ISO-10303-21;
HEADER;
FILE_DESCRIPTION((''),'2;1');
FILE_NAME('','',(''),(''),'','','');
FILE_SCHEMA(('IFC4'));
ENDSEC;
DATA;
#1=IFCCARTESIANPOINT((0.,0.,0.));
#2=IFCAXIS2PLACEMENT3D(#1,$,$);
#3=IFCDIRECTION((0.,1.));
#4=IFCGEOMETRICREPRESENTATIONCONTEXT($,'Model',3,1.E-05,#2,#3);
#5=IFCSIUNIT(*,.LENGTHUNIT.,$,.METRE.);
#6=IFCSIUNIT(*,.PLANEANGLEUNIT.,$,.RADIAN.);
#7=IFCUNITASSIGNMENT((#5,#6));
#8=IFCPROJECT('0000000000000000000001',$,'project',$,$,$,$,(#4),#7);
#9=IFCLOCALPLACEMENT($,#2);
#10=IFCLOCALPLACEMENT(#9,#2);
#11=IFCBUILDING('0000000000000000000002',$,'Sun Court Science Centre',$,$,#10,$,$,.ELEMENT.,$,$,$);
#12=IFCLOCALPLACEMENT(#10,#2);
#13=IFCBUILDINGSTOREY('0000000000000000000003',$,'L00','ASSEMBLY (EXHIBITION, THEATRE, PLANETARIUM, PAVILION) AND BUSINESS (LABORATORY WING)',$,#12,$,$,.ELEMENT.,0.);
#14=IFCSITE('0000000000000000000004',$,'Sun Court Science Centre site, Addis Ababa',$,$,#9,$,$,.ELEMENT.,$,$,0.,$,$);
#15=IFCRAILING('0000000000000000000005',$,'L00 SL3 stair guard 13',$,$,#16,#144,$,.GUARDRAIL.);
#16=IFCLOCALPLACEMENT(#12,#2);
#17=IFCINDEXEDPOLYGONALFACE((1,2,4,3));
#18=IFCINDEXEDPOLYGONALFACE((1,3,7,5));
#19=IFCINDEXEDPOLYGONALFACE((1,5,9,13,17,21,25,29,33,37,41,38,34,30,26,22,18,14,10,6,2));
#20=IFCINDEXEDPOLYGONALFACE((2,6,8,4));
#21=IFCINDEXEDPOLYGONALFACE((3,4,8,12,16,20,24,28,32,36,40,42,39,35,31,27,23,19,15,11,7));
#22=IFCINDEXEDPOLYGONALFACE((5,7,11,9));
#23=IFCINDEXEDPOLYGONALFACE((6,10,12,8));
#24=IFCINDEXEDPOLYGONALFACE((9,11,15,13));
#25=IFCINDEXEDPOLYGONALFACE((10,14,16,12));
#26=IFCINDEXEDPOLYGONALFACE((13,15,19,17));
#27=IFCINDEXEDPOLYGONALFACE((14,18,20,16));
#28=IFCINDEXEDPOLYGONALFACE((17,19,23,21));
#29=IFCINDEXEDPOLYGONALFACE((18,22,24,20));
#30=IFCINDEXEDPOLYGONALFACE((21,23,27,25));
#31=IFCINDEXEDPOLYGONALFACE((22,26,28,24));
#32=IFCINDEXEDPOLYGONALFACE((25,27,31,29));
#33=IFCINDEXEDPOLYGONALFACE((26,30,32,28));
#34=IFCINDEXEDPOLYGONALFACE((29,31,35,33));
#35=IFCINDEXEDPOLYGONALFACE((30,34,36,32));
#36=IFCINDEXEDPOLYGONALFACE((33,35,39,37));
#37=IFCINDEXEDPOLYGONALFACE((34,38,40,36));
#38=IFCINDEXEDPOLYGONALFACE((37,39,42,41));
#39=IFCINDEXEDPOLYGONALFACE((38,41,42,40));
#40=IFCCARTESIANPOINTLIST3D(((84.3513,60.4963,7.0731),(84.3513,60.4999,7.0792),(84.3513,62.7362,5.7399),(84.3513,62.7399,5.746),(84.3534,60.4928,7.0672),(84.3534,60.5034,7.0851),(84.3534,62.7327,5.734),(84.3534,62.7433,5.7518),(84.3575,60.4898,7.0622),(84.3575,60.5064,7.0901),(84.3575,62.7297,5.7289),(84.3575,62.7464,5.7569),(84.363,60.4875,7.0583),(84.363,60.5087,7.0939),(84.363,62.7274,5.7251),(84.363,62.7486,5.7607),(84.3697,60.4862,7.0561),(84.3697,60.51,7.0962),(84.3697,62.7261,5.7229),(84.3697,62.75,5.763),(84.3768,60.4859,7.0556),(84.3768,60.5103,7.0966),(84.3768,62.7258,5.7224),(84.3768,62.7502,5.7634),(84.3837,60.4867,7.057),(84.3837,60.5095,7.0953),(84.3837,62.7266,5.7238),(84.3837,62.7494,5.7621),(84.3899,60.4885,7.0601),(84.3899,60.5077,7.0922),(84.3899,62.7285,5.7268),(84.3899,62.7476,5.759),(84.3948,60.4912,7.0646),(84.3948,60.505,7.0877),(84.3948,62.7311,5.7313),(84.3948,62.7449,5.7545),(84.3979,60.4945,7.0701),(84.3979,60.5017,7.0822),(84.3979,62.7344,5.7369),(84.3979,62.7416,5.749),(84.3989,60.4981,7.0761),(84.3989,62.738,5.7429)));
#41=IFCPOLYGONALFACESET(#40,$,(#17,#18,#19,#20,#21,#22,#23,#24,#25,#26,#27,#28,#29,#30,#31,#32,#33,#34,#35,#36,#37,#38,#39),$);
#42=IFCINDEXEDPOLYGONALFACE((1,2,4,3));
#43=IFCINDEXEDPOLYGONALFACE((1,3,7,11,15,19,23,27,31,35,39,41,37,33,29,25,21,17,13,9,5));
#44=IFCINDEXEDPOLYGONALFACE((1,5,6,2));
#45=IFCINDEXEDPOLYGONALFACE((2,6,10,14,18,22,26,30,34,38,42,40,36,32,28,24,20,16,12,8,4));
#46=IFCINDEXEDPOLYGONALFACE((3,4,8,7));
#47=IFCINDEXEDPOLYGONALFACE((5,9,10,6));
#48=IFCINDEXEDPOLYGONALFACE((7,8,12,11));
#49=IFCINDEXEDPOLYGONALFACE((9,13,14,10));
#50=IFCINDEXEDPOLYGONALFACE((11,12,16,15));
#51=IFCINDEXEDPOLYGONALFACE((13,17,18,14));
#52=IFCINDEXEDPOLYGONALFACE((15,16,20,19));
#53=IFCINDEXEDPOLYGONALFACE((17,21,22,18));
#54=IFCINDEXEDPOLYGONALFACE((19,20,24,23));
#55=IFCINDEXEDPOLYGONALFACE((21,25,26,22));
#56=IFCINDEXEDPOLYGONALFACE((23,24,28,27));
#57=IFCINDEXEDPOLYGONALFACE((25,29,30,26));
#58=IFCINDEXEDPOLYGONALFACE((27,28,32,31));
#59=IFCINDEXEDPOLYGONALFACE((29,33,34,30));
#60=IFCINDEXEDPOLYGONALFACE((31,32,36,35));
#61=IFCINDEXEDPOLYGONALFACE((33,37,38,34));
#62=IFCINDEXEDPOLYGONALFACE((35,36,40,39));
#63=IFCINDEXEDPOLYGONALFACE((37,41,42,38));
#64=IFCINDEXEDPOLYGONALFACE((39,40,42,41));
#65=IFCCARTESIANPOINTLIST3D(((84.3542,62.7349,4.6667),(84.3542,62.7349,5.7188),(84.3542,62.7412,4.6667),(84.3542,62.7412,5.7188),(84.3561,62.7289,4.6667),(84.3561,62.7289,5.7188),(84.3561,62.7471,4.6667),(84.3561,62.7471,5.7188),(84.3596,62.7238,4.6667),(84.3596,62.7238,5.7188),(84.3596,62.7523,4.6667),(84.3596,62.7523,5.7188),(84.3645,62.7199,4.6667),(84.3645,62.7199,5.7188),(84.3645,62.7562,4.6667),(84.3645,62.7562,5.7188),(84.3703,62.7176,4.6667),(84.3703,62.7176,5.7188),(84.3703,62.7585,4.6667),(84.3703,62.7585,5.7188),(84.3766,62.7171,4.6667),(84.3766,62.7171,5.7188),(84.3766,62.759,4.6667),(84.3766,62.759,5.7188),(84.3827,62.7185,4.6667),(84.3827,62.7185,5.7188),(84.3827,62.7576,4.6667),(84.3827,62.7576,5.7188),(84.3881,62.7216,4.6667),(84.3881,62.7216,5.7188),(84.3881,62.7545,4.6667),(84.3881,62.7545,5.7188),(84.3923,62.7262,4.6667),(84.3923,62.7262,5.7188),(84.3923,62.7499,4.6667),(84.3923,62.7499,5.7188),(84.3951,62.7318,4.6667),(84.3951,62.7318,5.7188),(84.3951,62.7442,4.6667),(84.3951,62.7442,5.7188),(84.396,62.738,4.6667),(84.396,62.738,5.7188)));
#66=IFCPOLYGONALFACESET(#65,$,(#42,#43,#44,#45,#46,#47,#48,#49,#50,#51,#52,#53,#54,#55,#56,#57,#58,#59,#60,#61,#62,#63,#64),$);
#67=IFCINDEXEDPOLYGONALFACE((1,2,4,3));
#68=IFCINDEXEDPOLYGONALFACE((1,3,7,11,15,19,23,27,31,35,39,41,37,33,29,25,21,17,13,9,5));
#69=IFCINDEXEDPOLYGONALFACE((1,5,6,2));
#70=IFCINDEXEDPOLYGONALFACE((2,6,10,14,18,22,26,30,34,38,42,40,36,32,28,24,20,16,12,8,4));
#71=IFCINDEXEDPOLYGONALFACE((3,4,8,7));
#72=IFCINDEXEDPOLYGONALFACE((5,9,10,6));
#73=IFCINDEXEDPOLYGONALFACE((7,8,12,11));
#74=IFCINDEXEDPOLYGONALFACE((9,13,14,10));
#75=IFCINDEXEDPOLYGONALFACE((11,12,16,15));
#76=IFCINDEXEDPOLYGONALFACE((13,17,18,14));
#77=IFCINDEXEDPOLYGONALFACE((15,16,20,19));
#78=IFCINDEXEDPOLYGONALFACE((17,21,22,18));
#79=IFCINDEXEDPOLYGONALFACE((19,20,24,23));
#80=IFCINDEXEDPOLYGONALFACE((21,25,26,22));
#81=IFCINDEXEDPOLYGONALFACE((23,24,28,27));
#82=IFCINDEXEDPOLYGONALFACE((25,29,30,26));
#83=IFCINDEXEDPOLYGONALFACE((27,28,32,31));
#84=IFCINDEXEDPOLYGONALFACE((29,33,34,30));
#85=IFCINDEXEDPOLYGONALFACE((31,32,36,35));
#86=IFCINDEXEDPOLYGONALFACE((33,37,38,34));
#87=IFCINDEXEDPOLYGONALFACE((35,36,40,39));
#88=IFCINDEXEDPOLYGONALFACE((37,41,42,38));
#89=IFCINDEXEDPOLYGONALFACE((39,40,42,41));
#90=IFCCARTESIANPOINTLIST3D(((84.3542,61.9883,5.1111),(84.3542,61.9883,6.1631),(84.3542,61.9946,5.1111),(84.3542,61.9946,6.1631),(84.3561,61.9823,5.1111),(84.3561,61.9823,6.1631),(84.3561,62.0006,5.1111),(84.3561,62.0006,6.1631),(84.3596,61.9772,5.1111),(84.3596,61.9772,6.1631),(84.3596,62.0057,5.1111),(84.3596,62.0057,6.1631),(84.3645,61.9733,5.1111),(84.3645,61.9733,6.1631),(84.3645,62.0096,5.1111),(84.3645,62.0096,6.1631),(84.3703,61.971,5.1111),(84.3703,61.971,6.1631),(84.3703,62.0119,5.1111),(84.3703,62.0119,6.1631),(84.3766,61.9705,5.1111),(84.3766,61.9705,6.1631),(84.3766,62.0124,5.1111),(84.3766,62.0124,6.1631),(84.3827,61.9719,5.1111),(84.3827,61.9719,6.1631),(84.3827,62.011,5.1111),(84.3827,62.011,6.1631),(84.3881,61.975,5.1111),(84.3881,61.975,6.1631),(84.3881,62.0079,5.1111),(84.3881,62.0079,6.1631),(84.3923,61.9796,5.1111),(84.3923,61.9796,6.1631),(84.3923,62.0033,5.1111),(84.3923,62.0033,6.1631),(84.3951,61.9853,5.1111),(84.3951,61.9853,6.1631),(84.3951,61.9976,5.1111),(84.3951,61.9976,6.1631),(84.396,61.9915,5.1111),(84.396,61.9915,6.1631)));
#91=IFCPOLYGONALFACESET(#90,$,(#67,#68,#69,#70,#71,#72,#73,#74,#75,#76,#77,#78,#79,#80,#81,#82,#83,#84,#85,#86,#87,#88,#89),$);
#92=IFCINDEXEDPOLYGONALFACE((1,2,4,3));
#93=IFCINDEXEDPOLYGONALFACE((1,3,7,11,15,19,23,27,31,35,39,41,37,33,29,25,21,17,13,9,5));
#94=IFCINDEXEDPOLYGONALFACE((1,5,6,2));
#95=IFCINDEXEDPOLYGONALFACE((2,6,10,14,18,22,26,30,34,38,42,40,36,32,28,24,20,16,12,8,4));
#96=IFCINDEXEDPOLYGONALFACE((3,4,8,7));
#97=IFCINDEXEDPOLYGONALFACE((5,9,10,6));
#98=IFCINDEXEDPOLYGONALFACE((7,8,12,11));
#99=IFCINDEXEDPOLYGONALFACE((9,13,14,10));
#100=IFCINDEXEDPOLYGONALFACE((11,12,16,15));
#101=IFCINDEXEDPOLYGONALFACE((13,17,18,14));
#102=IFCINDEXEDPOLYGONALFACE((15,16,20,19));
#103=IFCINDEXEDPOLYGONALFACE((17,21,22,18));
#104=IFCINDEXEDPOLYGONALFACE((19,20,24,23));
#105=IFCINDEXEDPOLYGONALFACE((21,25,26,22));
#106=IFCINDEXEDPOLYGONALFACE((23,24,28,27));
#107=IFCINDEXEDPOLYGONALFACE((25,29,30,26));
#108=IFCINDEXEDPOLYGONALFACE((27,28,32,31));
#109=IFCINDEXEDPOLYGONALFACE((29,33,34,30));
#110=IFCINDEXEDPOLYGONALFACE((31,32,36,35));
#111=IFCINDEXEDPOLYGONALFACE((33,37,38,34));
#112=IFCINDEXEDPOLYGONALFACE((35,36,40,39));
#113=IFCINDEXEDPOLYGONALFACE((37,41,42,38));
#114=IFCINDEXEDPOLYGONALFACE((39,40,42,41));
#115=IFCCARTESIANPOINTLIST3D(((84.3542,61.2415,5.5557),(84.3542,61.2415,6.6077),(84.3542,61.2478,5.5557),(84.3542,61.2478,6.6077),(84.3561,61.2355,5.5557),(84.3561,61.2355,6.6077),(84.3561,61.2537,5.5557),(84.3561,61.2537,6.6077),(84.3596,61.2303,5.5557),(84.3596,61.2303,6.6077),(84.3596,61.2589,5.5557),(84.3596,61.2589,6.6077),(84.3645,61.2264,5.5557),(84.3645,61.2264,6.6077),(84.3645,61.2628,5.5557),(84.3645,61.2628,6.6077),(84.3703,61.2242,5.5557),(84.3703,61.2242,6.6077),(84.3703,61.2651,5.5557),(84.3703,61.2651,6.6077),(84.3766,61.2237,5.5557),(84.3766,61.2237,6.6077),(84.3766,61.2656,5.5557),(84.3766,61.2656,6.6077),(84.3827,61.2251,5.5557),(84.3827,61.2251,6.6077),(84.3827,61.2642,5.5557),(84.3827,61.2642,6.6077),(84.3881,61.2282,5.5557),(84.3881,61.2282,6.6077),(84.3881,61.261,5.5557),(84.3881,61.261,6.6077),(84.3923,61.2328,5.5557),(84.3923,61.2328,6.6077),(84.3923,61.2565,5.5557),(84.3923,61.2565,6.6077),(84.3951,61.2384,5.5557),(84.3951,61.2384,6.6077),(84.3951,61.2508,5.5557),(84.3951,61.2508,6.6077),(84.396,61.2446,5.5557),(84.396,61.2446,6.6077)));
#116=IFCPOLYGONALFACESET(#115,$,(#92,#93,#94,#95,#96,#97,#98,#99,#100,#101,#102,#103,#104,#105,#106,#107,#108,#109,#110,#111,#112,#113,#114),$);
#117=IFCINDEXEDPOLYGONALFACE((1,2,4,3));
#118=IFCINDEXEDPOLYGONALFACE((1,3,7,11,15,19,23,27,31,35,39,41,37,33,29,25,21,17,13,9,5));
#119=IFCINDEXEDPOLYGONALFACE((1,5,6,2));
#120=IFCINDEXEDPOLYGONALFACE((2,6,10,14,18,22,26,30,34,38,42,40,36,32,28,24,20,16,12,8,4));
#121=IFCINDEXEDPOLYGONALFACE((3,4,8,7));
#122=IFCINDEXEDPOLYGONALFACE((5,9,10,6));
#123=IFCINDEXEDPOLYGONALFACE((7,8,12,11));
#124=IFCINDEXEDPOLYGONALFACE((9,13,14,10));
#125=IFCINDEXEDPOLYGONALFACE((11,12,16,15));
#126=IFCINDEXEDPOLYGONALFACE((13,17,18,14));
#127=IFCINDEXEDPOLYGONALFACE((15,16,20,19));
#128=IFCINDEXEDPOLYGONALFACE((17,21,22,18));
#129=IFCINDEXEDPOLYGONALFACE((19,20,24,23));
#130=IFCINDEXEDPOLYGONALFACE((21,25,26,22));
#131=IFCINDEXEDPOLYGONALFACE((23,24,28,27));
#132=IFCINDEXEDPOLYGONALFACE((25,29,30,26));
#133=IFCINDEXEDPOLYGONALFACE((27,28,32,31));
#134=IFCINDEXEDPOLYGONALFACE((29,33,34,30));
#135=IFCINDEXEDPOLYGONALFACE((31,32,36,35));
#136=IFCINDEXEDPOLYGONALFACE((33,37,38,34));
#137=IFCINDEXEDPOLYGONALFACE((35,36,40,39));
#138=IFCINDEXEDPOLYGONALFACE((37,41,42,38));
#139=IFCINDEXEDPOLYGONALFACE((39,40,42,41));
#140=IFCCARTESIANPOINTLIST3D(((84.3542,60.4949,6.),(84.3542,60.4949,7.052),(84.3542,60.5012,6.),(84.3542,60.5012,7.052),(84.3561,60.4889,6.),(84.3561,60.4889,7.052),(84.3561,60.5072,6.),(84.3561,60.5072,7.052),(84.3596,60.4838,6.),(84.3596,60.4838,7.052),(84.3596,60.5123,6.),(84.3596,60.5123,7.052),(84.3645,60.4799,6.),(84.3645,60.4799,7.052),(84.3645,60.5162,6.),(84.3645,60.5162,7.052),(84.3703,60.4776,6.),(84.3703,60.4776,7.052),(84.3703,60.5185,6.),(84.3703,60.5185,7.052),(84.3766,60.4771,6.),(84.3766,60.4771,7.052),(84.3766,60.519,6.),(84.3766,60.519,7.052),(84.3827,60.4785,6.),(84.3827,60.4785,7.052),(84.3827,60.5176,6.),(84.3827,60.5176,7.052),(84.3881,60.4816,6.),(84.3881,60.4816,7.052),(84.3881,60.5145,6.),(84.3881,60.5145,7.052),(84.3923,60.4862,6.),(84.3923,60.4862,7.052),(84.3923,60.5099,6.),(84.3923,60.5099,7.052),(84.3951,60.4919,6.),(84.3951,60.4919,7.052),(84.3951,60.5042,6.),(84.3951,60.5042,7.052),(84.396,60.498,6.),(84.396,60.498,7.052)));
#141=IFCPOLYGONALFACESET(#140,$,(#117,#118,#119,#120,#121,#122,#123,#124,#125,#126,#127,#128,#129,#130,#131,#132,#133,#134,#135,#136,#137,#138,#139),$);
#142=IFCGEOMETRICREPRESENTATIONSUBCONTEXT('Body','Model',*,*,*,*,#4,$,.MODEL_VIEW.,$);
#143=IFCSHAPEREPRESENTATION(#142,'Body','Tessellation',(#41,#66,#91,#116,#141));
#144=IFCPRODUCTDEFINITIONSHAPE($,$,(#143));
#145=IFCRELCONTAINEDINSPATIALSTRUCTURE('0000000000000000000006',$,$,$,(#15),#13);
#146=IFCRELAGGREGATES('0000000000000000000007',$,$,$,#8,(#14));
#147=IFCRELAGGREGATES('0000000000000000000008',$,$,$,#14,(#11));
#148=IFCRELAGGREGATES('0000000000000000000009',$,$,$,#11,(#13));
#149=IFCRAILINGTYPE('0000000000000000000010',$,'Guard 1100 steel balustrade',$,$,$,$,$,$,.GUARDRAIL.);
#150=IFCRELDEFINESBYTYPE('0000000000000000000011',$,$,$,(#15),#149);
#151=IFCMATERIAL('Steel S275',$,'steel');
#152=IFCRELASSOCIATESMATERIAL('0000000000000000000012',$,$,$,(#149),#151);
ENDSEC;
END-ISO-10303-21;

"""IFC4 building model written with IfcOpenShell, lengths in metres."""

from ifc_helpers import new_model, si_unit, direction, frame, origin, origin_2d, place, context, subcontext, project, spatial, circle, extrude, material, type_object, element, save


model = new_model("IFC4")

# Units and contexts
model_context = context("Model", 3, precision=1e-05, world=origin(), true_north=direction((0.0, 1.0)))
body_context = subcontext(model_context, "Body", "Model", "MODEL_VIEW")
ifc_project = project(units=[si_unit("LENGTHUNIT", "METRE"), si_unit("PLANEANGLEUNIT", "RADIAN")], contexts=[model_context])

# Site, building, storey
site_placement = place(None, origin())
site = spatial("IfcSite", under=ifc_project, at=site_placement, Name="Sun Court Science Centre site, Addis Ababa", CompositionType="ELEMENT", RefElevation=0.0)
building_placement = place(site_placement, origin())
building = spatial("IfcBuilding", under=site, at=building_placement, Name="Sun Court Science Centre", CompositionType="ELEMENT")
storey_placement = place(building_placement, origin())
storey = spatial("IfcBuildingStorey", under=building, at=storey_placement, Name="L00", Description="ASSEMBLY (EXHIBITION, THEATRE, PLANETARIUM, PAVILION) AND BUSINESS (LABORATORY WING)", CompositionType="ELEMENT", Elevation=0.0)

# Railing
ifc_material_1 = material(Name="Steel S275", Category="steel")
railing_type_1 = type_object("IfcRailingType", Name="Guard 1100 steel balustrade", PredefinedType="GUARDRAIL", material=ifc_material_1)
railing_1_placement = place(storey_placement, frame((84.375, 62.738, 4.6667)))
element("IfcRailing", 1, at=railing_1_placement, inside=storey, type_object=railing_type_1, Name="L00 SL3 stair guard 13", PredefinedType="GUARDRAIL", context=body_context, shape_type="SweptSolid", body=[
    extrude(circle(Radius=0.0239, at=origin_2d()), frame((0.0, 0.0, 1.0762), z_axis=(0.0, -0.859306, 0.511462), x_axis=(1.0, 0.0, 0.0)), (0.0, 0.0, 1.0), 2.6067),
    extrude(circle(Radius=0.021, at=origin_2d()), origin(), (0.0, 0.0, 1.0), 1.052),
    extrude(circle(Radius=0.021, at=origin_2d()), frame((0.0, -0.7466, 0.4443)), (0.0, 0.0, 1.0), 1.052),
    extrude(circle(Radius=0.021, at=origin_2d()), frame((0.0, -1.4934, 0.8889)), (0.0, 0.0, 1.0), 1.052),
    extrude(circle(Radius=0.021, at=origin_2d()), frame((0.0, -2.24, 1.3333)), (0.0, 0.0, 1.0), 1.052),
])

save(model, "model.ifc")
